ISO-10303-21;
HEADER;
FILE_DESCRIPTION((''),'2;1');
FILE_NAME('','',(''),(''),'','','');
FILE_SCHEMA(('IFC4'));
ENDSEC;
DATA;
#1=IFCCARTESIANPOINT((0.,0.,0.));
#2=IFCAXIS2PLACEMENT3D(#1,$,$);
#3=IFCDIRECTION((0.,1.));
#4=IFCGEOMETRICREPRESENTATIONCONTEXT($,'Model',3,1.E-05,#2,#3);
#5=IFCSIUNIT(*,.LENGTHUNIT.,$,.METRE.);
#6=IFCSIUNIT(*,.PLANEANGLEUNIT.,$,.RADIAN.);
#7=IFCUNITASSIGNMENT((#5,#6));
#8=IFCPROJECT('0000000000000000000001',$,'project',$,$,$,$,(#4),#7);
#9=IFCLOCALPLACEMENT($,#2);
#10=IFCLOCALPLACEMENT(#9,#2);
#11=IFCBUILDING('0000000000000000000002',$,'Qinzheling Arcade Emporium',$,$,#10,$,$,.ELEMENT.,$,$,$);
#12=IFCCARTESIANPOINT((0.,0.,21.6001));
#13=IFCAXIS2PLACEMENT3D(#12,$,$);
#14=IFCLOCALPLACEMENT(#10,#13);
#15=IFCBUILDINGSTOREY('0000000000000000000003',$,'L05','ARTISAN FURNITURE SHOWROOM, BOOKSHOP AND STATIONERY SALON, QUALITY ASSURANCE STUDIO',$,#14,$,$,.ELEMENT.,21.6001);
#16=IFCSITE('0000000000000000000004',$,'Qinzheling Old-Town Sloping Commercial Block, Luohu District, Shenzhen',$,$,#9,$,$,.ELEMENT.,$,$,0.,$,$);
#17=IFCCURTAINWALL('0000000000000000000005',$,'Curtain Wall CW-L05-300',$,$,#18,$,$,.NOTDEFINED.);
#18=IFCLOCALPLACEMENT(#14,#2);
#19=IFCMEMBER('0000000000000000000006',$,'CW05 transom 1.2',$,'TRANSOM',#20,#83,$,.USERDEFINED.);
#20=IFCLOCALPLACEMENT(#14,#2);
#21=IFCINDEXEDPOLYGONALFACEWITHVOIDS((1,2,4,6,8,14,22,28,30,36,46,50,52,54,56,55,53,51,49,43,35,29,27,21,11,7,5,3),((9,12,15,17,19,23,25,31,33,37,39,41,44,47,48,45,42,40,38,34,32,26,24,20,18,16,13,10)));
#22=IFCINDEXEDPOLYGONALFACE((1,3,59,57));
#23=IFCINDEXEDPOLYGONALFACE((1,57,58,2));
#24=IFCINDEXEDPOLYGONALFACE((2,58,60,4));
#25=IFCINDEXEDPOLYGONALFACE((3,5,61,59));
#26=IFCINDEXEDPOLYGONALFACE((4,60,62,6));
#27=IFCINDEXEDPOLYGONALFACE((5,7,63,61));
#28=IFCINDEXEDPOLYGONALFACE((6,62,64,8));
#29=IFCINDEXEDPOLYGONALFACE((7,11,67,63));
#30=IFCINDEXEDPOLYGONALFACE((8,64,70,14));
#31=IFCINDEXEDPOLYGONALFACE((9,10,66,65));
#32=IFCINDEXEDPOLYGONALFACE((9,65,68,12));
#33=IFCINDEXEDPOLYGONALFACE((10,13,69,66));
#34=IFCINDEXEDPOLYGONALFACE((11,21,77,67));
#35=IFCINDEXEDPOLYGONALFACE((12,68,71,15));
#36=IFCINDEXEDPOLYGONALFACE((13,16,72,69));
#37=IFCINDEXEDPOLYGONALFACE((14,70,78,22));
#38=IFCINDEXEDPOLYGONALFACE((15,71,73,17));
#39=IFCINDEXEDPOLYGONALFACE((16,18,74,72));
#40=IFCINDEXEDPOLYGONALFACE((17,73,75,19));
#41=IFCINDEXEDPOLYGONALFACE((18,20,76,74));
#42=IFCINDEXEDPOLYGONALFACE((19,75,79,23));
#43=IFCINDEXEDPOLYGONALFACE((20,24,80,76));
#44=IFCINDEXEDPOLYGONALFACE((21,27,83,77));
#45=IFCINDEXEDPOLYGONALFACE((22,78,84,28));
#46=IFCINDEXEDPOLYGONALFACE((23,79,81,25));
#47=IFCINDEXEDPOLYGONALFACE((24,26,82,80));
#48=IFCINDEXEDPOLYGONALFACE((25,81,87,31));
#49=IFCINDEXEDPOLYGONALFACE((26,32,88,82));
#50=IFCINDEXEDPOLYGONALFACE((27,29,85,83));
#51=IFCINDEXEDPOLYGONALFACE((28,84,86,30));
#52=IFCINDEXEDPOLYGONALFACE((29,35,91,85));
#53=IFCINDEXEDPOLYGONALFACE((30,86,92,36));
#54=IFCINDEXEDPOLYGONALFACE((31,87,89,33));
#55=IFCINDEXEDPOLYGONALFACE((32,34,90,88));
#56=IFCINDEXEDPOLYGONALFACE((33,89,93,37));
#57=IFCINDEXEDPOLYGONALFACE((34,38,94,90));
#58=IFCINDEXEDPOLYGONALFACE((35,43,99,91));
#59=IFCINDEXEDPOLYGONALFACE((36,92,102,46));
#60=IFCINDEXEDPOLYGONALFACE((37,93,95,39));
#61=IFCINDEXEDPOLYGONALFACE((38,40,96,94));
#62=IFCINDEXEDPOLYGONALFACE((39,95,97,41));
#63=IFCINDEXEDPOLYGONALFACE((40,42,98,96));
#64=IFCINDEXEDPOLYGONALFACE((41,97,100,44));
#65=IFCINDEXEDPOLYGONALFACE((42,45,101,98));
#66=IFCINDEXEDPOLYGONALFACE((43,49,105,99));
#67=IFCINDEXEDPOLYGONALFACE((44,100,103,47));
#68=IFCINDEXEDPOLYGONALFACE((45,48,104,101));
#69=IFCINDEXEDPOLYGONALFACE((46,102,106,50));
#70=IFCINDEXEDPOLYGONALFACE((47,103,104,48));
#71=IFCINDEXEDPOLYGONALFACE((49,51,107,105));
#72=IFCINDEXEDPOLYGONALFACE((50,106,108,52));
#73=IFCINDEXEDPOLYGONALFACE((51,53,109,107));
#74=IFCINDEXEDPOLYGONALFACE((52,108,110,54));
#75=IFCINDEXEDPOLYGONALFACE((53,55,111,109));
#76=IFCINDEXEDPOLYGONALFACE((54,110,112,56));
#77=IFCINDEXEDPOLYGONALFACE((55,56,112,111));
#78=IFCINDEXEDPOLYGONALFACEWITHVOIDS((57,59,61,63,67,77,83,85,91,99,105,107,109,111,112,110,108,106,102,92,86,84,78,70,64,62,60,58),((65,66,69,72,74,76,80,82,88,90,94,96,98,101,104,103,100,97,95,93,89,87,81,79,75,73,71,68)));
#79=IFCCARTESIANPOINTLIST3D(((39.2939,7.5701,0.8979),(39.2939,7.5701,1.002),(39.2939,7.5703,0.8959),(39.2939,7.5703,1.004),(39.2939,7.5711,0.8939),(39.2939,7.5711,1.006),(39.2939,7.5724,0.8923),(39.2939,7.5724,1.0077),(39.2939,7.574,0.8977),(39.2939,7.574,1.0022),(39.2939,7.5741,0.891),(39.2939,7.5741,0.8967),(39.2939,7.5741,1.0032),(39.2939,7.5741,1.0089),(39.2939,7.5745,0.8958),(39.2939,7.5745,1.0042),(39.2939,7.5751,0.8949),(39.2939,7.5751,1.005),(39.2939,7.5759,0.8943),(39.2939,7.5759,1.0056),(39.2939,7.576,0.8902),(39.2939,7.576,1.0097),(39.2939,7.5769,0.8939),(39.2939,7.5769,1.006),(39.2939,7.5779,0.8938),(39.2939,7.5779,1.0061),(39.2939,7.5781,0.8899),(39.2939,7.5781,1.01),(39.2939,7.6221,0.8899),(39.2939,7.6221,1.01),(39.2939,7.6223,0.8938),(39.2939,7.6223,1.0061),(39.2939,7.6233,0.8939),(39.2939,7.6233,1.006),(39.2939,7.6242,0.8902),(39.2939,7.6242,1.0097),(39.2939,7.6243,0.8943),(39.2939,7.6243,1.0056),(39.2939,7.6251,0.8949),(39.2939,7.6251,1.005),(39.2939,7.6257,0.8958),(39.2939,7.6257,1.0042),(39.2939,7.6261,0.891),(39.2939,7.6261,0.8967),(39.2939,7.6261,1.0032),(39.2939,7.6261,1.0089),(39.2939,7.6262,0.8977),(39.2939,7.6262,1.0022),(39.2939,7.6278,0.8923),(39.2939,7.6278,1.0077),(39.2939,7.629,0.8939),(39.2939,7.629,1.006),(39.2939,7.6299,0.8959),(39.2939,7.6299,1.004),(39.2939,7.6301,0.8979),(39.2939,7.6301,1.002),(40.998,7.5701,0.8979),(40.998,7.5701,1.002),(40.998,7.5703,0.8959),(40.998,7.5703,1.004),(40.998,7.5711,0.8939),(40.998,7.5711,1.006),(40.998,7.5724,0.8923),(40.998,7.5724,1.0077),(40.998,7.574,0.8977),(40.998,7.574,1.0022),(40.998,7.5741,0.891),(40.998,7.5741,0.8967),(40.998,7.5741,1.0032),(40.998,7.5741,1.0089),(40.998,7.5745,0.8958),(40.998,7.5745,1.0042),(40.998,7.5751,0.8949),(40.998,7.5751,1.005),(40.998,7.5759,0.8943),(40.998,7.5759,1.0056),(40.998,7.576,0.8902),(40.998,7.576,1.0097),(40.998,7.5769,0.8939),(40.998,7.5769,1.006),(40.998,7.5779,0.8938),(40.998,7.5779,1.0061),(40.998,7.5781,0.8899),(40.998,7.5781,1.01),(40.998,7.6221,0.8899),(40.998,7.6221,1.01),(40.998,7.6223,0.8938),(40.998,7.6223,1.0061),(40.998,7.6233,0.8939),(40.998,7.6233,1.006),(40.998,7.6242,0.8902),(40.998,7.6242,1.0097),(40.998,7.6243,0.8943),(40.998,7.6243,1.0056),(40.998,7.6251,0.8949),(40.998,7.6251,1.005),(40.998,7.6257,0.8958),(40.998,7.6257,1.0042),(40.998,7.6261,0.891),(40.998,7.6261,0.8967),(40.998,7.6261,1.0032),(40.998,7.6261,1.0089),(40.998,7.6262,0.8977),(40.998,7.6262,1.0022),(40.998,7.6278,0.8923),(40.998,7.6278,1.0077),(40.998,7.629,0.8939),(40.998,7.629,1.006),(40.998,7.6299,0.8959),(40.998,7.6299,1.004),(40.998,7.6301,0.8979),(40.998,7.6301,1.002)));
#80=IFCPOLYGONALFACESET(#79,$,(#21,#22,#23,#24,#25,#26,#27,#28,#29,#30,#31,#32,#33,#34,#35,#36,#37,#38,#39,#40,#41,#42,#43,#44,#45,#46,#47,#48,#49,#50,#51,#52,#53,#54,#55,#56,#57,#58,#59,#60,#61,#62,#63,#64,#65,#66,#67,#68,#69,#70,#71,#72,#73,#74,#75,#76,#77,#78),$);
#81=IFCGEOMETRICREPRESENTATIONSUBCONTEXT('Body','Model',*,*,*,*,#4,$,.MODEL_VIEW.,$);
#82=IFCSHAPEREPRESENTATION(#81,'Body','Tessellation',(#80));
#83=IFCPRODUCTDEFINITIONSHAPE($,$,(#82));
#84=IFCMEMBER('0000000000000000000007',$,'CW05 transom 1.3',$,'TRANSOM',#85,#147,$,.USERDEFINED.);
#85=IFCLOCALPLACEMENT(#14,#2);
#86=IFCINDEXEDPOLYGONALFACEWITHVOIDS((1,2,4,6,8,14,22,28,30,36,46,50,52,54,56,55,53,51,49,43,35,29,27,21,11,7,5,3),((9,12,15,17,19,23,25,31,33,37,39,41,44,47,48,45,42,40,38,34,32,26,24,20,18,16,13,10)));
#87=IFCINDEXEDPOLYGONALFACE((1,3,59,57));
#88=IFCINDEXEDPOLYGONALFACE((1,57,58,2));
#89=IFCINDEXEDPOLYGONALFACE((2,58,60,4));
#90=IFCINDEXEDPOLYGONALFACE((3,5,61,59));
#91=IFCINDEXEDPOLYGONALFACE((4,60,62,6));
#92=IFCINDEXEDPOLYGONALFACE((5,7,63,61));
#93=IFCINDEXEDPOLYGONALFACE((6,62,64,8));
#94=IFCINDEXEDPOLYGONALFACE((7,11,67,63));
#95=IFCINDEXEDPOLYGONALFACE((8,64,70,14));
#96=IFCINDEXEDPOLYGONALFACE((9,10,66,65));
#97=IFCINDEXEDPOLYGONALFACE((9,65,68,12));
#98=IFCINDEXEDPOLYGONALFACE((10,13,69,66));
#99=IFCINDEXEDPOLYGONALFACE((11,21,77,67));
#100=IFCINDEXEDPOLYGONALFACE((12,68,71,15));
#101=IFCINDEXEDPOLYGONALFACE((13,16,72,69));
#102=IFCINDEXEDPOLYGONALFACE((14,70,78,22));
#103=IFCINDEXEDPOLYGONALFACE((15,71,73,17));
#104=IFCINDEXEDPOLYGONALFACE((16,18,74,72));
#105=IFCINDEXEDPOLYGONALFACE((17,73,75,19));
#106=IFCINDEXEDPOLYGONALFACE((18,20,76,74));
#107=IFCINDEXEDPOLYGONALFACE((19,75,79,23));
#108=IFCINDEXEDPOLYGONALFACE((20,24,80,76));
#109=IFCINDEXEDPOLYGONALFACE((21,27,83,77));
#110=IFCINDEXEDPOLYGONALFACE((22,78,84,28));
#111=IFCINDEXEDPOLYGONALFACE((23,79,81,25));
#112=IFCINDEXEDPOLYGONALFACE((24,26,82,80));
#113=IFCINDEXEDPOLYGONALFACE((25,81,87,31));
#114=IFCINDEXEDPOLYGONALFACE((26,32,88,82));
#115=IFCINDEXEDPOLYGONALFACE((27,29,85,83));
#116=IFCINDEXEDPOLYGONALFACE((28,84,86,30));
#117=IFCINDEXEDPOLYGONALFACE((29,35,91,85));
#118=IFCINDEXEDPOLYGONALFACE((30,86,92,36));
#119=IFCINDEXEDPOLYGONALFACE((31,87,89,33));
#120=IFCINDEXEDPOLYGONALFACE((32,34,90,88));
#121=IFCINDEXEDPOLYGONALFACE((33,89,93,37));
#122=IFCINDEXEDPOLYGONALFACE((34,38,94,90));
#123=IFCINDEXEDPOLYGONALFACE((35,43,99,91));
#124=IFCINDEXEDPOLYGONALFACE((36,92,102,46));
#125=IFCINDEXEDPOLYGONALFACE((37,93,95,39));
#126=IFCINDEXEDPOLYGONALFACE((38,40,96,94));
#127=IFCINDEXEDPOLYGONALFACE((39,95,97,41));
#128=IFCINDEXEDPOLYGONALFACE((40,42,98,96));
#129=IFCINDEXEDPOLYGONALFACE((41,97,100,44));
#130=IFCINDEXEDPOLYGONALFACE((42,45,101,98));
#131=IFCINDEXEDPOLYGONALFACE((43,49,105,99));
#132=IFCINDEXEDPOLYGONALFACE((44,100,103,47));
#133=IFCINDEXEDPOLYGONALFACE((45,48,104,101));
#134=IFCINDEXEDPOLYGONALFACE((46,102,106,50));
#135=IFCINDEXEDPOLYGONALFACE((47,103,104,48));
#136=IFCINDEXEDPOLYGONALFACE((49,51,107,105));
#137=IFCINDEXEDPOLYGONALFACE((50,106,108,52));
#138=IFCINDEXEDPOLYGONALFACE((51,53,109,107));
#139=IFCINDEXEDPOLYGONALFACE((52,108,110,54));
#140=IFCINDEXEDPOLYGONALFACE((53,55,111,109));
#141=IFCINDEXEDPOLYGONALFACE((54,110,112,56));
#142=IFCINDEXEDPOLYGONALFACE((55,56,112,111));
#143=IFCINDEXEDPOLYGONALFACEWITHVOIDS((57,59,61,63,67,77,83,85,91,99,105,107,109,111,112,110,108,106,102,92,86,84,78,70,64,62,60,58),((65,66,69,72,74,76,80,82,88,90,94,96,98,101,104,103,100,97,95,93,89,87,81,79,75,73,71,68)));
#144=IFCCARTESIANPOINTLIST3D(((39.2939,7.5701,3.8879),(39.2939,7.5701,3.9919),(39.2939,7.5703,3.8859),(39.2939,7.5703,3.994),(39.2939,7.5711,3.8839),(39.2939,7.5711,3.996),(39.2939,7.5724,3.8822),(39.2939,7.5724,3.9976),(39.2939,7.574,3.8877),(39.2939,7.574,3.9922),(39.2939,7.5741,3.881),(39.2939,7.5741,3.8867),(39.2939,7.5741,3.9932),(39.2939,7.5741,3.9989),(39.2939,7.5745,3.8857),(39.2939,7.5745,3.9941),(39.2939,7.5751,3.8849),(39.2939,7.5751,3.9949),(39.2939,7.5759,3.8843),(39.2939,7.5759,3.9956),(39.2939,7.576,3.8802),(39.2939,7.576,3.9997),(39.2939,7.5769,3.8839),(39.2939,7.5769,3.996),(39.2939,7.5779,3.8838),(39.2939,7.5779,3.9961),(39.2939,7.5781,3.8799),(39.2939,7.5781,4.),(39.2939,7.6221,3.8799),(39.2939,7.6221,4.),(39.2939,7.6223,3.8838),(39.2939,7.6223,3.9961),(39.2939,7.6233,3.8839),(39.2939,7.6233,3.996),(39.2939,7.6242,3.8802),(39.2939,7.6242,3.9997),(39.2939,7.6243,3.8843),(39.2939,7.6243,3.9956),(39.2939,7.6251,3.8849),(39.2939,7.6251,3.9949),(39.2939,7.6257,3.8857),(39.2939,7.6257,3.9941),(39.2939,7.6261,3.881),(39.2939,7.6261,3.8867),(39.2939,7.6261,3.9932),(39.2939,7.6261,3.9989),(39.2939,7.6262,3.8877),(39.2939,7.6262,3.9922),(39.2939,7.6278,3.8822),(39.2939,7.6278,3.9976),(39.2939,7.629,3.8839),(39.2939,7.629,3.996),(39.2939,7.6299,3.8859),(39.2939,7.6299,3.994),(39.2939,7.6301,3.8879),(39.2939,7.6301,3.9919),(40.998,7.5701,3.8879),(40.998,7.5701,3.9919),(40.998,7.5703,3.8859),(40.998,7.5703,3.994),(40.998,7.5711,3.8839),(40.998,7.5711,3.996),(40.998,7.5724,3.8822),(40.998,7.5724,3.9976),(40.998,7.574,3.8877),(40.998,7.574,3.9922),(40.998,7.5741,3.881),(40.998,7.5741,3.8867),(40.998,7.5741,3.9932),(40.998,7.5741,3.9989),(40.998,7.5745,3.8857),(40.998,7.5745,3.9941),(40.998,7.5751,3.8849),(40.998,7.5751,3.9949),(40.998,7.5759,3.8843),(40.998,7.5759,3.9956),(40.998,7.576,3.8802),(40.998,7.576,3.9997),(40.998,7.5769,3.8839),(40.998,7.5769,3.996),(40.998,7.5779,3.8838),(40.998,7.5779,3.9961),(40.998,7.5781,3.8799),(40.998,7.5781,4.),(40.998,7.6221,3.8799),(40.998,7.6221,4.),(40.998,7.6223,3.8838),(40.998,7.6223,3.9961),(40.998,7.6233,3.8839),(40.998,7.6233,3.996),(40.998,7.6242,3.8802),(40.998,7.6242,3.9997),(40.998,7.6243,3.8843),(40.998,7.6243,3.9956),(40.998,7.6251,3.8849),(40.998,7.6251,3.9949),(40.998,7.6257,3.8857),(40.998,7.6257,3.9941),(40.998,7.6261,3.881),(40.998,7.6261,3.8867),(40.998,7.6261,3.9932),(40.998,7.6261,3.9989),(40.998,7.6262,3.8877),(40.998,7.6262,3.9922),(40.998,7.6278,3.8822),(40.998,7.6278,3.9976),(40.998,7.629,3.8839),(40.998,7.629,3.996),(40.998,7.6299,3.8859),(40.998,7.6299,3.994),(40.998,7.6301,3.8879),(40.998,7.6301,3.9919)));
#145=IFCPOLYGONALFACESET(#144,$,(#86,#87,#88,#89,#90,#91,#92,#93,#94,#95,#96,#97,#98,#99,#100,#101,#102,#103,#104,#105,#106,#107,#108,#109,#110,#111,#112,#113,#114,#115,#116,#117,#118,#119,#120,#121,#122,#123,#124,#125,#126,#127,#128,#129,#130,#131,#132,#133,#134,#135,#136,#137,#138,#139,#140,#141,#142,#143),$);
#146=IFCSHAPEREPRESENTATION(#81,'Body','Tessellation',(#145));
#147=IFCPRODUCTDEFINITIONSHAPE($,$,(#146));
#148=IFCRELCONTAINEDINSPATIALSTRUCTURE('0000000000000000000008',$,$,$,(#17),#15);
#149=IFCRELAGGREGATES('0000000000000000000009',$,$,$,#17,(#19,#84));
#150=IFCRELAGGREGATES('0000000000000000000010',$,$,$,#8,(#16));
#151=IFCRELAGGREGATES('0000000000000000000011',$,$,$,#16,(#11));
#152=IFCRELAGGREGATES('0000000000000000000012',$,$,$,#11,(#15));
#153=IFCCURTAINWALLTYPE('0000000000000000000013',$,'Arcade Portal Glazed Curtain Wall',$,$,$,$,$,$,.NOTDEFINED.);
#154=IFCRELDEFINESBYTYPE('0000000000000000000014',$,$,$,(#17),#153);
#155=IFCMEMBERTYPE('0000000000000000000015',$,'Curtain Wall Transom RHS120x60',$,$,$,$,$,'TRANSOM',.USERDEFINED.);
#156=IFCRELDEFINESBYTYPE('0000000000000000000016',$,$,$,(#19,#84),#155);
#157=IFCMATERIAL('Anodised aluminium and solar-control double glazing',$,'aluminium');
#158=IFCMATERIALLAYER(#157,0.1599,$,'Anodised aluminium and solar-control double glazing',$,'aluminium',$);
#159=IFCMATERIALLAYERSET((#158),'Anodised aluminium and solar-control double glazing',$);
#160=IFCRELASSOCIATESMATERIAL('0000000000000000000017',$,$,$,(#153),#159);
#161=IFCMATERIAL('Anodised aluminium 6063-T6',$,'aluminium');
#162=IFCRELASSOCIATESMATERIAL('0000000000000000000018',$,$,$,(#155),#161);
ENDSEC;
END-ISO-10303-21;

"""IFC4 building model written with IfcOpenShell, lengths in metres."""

from ifc_helpers import new_model, si_unit, direction, frame, origin, origin_2d, place, context, subcontext, project, spatial, hollow_rectangle, extrude, material, layer, layer_set, material_profile, profile_set, type_object, element, aggregate, save


model = new_model("IFC4")

# Units and contexts
model_context = context("Model", 3, precision=1e-05, world=origin(), true_north=direction((0.0, 1.0)))
body_context = subcontext(model_context, "Body", "Model", "MODEL_VIEW")
ifc_project = project(units=[si_unit("LENGTHUNIT", "METRE"), si_unit("PLANEANGLEUNIT", "RADIAN")], contexts=[model_context])

# Site, building, storey
site_placement = place(None, origin())
site = spatial("IfcSite", under=ifc_project, at=site_placement, Name="Qinzheling Old-Town Sloping Commercial Block, Luohu District, Shenzhen", CompositionType="ELEMENT", RefElevation=0.0)
building_placement = place(site_placement, origin())
building = spatial("IfcBuilding", under=site, at=building_placement, Name="Qinzheling Arcade Emporium", CompositionType="ELEMENT")
storey_placement = place(building_placement, frame((0.0, 0.0, 21.6001)))
storey = spatial("IfcBuildingStorey", under=building, at=storey_placement, Name="L05", Description="ARTISAN FURNITURE SHOWROOM, BOOKSHOP AND STATIONERY SALON, QUALITY ASSURANCE STUDIO", CompositionType="ELEMENT", Elevation=21.6001)

# Shared definitions
ifc_material_1 = material(Name="Anodised aluminium and solar-control double glazing", Category="aluminium")
ifc_layer_1 = layer(ifc_material_1, 0.1599, Name="Anodised aluminium and solar-control double glazing", Category="aluminium")
ifc_layer_set_1 = layer_set([ifc_layer_1], Name="Anodised aluminium and solar-control double glazing")
curtain_wall_type = type_object("IfcCurtainWallType", Name="Arcade Portal Glazed Curtain Wall", PredefinedType="NOTDEFINED", material=ifc_layer_set_1)
ifc_material_2 = material(Name="Anodised aluminium 6063-T6", Category="aluminium")

# Curtain wall, members
curtain_wall_1_placement = place(storey_placement, origin())
curtain_wall_1 = element("IfcCurtainWall", 1, at=curtain_wall_1_placement, inside=storey, type_object=curtain_wall_type, Name="Curtain Wall CW-L05-300", PredefinedType="NOTDEFINED")
ifc_material_profile_1 = material_profile(ifc_material_2, hollow_rectangle(XDim=0.0601, YDim=0.1201, WallThickness=0.0039, InnerFilletRadius=0.0039, OuterFilletRadius=0.0081, at=origin_2d()), Name="RHS 120x60x4", Category="aluminium")
ifc_profile_set_1 = profile_set([ifc_material_profile_1], Name="Anodised aluminium 6063-T6")
member_type_1 = type_object("IfcMemberType", Name="Curtain Wall Transom RHS120x60", ElementType="TRANSOM", PredefinedType="USERDEFINED", material=ifc_profile_set_1)
member_1_placement = place(storey_placement, frame((40.998, 7.6001, 0.95), z_axis=(-1.0, 0.0, 0.0), x_axis=(0.0, -1.0, 0.0)))
member_1 = element("IfcMember", 2, at=member_1_placement, type_object=member_type_1, Name="CW05 transom 1.2", ObjectType="TRANSOM", PredefinedType="USERDEFINED", context=body_context, shape_type="SweptSolid", body=[
    extrude(hollow_rectangle(XDim=0.0601, YDim=0.1201, WallThickness=0.0039, InnerFilletRadius=0.0039, OuterFilletRadius=0.0081, at=origin_2d()), origin(), (0.0, 0.0, 1.0), 1.7041),
])
member_2_placement = place(storey_placement, frame((40.998, 7.6001, 3.9399), z_axis=(-1.0, 0.0, 0.0), x_axis=(0.0, -1.0, 0.0)))
member_2 = element("IfcMember", 3, at=member_2_placement, type_object=member_type_1, Name="CW05 transom 1.3", ObjectType="TRANSOM", PredefinedType="USERDEFINED", context=body_context, shape_type="SweptSolid", body=[
    extrude(hollow_rectangle(XDim=0.0601, YDim=0.1201, WallThickness=0.0039, InnerFilletRadius=0.0039, OuterFilletRadius=0.0081, at=origin_2d()), origin(), (0.0, 0.0, 1.0), 1.7041),
])
aggregate(curtain_wall_1, [member_1, member_2])

save(model, "model.ifc")
